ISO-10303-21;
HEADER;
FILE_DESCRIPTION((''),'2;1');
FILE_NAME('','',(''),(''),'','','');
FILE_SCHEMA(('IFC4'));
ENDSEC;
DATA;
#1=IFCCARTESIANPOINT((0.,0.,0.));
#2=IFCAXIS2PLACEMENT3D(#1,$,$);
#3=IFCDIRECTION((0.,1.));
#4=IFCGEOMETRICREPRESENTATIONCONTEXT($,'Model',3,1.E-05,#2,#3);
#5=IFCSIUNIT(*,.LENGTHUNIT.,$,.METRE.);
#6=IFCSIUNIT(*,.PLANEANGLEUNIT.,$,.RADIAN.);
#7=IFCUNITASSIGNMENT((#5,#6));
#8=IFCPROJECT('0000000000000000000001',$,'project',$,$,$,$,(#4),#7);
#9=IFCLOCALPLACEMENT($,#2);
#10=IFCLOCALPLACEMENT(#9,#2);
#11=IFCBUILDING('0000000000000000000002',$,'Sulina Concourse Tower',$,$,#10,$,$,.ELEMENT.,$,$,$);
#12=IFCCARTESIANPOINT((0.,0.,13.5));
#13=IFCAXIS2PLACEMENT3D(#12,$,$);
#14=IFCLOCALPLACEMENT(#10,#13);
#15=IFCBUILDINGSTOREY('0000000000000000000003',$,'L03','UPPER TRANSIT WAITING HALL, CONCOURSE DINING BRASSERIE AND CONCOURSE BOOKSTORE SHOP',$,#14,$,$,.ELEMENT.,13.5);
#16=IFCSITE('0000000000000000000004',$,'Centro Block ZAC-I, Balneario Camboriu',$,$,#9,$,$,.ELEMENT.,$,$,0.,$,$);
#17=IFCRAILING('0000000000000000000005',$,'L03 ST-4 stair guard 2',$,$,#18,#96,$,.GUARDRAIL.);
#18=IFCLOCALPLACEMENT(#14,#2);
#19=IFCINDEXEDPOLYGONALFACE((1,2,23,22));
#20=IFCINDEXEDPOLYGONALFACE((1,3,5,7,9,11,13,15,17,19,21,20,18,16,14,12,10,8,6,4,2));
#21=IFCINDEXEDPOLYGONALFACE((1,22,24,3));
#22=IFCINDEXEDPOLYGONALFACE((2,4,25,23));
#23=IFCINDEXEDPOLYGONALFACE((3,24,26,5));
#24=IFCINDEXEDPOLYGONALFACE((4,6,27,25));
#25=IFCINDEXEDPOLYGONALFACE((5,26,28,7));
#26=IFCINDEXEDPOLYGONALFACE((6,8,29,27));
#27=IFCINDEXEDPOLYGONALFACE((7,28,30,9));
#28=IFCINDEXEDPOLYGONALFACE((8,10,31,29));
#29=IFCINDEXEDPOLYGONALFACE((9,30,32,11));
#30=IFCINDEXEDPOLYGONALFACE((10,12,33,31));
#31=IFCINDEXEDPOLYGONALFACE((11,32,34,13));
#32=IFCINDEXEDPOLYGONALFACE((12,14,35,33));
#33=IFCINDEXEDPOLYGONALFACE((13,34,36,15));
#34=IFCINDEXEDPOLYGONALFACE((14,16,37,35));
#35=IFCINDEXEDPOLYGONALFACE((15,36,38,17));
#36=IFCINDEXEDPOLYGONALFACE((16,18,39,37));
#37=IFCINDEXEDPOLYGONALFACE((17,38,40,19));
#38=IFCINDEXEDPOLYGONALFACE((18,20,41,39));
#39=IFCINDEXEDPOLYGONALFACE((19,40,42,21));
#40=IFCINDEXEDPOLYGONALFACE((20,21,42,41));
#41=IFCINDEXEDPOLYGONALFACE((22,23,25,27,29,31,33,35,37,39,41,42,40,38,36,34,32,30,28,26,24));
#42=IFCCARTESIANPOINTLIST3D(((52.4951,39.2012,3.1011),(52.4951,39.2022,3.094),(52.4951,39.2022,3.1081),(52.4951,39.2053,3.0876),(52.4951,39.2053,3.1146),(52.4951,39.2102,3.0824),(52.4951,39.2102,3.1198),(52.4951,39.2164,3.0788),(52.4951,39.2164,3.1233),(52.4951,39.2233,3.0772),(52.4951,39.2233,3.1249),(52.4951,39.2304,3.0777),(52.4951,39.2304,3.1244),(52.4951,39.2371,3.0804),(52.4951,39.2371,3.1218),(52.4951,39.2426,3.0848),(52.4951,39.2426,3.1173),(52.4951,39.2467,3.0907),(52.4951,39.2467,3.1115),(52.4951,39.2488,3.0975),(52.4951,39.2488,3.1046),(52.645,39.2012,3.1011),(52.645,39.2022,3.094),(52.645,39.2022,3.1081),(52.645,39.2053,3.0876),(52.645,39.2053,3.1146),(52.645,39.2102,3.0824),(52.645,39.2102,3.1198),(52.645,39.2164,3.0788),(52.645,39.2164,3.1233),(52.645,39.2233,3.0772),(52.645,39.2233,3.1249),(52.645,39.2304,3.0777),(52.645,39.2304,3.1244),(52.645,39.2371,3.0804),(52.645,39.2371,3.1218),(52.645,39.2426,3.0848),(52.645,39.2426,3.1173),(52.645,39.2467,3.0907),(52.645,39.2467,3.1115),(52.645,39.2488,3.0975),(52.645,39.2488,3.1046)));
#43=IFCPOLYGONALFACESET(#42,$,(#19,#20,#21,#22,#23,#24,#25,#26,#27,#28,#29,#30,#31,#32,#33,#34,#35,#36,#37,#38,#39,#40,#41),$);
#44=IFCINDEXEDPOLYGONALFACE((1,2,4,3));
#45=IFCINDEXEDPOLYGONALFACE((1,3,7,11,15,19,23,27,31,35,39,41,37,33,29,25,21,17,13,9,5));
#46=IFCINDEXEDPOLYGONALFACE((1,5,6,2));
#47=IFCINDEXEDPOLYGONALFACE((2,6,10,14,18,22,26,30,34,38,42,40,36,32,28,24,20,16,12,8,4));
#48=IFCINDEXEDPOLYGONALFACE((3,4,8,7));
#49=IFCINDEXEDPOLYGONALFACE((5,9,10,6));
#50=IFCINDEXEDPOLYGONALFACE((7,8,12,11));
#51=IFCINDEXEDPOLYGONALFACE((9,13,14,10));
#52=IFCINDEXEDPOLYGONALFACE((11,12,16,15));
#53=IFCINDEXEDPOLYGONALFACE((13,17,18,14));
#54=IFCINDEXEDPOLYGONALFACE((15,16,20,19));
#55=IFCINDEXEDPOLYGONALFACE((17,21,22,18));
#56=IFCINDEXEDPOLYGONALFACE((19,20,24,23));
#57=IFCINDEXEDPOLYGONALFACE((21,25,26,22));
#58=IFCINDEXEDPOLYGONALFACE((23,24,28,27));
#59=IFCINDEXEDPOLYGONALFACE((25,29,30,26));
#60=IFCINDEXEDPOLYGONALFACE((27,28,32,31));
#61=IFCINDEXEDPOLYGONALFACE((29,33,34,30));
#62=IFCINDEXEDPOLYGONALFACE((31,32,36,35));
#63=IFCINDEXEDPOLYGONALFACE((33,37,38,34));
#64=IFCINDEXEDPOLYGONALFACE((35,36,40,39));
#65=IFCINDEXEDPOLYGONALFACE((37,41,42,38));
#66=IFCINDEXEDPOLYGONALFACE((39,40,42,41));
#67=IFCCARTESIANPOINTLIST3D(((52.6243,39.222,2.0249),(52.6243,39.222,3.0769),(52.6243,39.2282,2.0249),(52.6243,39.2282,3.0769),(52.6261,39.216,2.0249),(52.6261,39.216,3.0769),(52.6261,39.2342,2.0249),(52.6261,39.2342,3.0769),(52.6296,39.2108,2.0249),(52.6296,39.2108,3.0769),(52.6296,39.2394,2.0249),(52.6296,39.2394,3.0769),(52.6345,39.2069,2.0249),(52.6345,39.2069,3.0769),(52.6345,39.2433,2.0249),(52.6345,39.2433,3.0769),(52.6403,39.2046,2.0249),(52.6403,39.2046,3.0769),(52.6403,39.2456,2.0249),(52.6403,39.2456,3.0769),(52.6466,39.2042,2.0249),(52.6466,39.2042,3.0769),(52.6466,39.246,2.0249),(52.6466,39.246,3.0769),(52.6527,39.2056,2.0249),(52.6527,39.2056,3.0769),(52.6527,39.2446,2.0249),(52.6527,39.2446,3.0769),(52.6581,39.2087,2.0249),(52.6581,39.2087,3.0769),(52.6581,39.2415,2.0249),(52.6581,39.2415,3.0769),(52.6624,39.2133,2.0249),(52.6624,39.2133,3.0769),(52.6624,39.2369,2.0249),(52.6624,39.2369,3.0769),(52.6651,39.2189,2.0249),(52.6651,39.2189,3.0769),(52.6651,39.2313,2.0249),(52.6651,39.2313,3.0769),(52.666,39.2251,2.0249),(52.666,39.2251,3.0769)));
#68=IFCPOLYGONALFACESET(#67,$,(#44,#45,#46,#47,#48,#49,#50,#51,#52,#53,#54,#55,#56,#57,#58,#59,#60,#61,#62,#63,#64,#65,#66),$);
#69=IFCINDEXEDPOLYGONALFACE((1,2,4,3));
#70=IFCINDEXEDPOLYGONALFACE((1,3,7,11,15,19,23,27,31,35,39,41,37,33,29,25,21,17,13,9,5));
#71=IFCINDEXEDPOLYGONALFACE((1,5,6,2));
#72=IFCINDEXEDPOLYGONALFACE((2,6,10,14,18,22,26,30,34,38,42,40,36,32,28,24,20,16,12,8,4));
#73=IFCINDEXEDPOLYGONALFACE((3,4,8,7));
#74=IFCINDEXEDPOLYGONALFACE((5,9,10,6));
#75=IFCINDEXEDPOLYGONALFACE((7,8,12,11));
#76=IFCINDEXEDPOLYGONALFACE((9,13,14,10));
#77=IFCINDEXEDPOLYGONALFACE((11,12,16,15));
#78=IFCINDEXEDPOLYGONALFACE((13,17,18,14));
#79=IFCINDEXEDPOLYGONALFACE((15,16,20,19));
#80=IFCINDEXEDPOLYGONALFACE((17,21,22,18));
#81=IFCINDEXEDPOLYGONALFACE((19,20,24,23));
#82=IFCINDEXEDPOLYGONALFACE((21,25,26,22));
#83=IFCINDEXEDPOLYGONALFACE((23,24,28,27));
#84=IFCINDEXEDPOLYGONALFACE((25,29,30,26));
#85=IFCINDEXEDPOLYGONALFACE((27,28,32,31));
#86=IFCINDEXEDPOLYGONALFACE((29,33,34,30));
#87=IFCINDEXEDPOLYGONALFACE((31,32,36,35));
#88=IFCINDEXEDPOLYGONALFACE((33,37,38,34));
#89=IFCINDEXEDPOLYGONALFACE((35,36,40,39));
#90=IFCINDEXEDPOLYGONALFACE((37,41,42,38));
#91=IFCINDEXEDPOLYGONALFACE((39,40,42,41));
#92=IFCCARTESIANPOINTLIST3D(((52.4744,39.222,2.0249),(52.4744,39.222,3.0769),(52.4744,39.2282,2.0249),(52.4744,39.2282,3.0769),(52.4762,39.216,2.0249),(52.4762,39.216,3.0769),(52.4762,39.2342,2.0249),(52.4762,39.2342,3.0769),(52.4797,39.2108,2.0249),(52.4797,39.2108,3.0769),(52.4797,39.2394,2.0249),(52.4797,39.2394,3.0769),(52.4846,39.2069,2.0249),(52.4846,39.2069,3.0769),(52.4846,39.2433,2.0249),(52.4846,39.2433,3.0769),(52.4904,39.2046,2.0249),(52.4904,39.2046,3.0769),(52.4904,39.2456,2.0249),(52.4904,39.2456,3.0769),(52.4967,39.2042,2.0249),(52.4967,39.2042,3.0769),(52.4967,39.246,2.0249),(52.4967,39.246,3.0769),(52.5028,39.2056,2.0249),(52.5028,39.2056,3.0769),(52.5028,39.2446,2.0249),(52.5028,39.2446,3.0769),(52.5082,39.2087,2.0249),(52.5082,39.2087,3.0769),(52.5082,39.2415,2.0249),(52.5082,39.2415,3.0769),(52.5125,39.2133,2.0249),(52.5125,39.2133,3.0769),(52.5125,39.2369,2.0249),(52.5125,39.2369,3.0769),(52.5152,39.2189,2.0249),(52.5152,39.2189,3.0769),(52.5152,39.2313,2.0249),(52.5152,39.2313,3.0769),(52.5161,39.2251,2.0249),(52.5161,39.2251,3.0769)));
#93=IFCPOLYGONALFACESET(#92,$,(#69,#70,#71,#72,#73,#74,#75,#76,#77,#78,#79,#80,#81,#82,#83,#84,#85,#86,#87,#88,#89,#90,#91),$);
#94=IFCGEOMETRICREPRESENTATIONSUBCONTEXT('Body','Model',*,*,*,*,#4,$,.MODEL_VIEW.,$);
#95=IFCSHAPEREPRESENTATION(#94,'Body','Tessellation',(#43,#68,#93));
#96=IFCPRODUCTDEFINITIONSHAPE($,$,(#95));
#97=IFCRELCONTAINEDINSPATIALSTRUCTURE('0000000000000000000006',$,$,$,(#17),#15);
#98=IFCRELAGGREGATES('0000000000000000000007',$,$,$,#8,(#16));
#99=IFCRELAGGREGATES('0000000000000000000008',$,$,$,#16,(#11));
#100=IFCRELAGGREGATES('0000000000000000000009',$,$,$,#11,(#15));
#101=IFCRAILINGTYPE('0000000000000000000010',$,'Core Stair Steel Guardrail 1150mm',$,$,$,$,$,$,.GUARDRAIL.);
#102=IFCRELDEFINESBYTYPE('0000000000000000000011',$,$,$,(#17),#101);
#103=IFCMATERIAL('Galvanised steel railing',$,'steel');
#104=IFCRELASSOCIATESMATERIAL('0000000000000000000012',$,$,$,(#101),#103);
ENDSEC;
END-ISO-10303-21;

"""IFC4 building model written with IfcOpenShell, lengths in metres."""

from ifc_helpers import new_model, si_unit, direction, frame, origin, origin_2d, place, context, subcontext, project, spatial, circle, extrude, material, type_object, element, save


model = new_model("IFC4")

# Units and contexts
model_context = context("Model", 3, precision=1e-05, world=origin(), true_north=direction((0.0, 1.0)))
body_context = subcontext(model_context, "Body", "Model", "MODEL_VIEW")
ifc_project = project(units=[si_unit("LENGTHUNIT", "METRE"), si_unit("PLANEANGLEUNIT", "RADIAN")], contexts=[model_context])

# Site, building, storey
site_placement = place(None, origin())
site = spatial("IfcSite", under=ifc_project, at=site_placement, Name="Centro Block ZAC-I, Balneario Camboriu", CompositionType="ELEMENT", RefElevation=0.0)
building_placement = place(site_placement, origin())
building = spatial("IfcBuilding", under=site, at=building_placement, Name="Sulina Concourse Tower", CompositionType="ELEMENT")
storey_placement = place(building_placement, frame((0.0, 0.0, 13.5)))
storey = spatial("IfcBuildingStorey", under=building, at=storey_placement, Name="L03", Description="UPPER TRANSIT WAITING HALL, CONCOURSE DINING BRASSERIE AND CONCOURSE BOOKSTORE SHOP", CompositionType="ELEMENT", Elevation=13.5)

# Railing
ifc_material_1 = material(Name="Galvanised steel railing", Category="steel")
railing_type_1 = type_object("IfcRailingType", Name="Core Stair Steel Guardrail 1150mm", PredefinedType="GUARDRAIL", material=ifc_material_1)
railing_1_placement = place(storey_placement, frame((52.645, 39.2251, 2.0249)))
element("IfcRailing", 1, at=railing_1_placement, inside=storey, type_object=railing_type_1, Name="L03 ST-4 stair guard 2", PredefinedType="GUARDRAIL", context=body_context, shape_type="SweptSolid", body=[
    extrude(circle(Radius=0.0239, at=origin_2d()), frame((0.0, 0.0, 1.0762), z_axis=(-1.0, 0.0, 0.0), x_axis=(0.0, -1.0, 0.0)), (0.0, 0.0, 1.0), 0.1499),
    extrude(circle(Radius=0.021, at=origin_2d()), origin(), (0.0, 0.0, 1.0), 1.052),
    extrude(circle(Radius=0.021, at=origin_2d()), frame((-0.1499, 0.0, 0.0)), (0.0, 0.0, 1.0), 1.052),
])

save(model, "model.ifc")
